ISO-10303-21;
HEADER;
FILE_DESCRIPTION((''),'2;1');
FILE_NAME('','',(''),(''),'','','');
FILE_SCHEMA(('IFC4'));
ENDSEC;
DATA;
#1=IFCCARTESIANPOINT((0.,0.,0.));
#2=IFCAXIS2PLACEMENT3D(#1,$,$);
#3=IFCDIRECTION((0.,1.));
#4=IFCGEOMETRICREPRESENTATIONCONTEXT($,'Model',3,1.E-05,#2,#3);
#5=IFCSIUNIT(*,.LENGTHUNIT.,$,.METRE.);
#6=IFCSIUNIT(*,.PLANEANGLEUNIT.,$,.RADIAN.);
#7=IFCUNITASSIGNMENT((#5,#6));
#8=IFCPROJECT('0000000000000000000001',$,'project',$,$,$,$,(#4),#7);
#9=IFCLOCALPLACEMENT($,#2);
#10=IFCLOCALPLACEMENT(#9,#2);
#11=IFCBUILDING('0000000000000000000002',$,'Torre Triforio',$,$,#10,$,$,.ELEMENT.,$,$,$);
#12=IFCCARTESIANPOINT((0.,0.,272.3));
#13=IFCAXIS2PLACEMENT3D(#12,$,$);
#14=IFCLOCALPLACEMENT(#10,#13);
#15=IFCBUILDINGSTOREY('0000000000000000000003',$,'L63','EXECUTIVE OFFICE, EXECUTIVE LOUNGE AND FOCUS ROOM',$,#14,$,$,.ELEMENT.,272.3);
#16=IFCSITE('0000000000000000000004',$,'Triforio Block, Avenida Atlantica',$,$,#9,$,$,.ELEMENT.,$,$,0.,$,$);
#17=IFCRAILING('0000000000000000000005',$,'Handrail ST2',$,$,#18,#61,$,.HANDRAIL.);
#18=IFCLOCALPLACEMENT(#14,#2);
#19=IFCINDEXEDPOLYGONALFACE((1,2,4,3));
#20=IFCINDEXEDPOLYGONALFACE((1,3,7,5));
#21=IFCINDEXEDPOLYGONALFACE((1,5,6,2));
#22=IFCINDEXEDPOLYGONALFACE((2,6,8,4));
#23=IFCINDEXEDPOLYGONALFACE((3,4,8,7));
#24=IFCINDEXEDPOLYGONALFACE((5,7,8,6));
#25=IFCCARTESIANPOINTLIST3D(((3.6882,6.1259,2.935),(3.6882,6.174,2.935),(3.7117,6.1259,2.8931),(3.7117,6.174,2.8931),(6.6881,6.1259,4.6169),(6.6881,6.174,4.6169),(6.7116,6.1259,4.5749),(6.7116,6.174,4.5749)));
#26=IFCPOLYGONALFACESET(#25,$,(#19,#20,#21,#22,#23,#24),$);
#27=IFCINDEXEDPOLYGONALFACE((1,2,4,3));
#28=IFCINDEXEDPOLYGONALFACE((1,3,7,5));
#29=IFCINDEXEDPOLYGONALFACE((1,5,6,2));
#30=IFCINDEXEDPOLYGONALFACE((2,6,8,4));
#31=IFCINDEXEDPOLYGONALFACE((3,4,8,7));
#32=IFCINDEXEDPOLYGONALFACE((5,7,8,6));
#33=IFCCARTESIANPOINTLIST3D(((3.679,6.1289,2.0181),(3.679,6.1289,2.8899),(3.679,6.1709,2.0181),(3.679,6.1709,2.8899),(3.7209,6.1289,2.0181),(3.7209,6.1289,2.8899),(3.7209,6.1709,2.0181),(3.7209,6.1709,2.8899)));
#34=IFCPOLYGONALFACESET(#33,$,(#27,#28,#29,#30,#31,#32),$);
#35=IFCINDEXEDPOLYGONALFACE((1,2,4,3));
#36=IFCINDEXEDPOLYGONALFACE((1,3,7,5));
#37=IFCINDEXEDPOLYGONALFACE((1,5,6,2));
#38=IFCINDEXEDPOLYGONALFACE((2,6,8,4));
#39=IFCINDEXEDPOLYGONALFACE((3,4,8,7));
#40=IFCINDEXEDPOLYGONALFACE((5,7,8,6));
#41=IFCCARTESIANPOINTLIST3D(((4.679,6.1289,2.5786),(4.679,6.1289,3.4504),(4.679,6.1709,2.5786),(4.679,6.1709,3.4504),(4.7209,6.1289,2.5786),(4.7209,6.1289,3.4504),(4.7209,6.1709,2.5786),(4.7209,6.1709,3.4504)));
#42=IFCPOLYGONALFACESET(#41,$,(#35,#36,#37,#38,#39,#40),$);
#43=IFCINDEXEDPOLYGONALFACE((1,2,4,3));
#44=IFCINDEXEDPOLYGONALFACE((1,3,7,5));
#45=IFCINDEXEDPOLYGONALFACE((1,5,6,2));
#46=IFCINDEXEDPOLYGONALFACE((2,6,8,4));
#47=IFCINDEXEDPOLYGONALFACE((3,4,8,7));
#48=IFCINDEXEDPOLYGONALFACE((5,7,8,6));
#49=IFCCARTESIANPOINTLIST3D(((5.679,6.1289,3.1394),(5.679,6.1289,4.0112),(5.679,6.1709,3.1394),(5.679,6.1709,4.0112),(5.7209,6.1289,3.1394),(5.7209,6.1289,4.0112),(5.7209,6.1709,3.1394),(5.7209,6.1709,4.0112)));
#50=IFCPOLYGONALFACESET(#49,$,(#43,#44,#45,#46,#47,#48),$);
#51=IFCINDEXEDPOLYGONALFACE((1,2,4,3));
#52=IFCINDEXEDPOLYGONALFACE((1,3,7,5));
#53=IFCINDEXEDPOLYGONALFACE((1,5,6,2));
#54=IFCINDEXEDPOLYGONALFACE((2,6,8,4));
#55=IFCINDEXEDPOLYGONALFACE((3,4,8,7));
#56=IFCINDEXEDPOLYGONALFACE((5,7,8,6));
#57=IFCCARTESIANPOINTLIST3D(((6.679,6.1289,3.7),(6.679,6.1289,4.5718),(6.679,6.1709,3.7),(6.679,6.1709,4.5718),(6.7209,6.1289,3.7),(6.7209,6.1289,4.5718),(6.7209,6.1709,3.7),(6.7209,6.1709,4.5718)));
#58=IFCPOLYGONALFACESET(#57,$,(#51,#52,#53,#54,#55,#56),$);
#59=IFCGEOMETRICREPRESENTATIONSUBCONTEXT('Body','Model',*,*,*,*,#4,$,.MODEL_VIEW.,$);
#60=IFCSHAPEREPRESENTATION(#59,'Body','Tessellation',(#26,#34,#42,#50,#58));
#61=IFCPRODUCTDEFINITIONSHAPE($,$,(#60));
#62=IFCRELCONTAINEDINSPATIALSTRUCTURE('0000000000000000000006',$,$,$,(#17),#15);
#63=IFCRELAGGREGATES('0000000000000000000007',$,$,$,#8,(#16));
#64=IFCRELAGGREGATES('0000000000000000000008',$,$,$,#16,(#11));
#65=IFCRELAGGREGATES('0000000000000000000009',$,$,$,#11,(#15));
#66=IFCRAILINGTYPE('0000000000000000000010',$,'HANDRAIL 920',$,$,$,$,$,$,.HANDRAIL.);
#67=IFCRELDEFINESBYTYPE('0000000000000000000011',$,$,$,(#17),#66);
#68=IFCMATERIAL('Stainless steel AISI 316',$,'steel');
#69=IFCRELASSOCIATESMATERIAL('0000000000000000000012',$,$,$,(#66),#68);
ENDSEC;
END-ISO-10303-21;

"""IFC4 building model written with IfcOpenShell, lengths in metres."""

from ifc_helpers import new_model, si_unit, direction, frame, origin, origin_2d, place, context, subcontext, project, spatial, rectangle, extrude, material, type_object, element, save


model = new_model("IFC4")

# Units and contexts
model_context = context("Model", 3, precision=1e-05, world=origin(), true_north=direction((0.0, 1.0)))
body_context = subcontext(model_context, "Body", "Model", "MODEL_VIEW")
ifc_project = project(units=[si_unit("LENGTHUNIT", "METRE"), si_unit("PLANEANGLEUNIT", "RADIAN")], contexts=[model_context])

# Site, building, storey
site_placement = place(None, origin())
site = spatial("IfcSite", under=ifc_project, at=site_placement, Name="Triforio Block, Avenida Atlantica", CompositionType="ELEMENT", RefElevation=0.0)
building_placement = place(site_placement, origin())
building = spatial("IfcBuilding", under=site, at=building_placement, Name="Torre Triforio", CompositionType="ELEMENT")
storey_placement = place(building_placement, frame((0.0, 0.0, 272.3)))
storey = spatial("IfcBuildingStorey", under=building, at=storey_placement, Name="L63", Description="EXECUTIVE OFFICE, EXECUTIVE LOUNGE AND FOCUS ROOM", CompositionType="ELEMENT", Elevation=272.3)

# Railing
ifc_material_1 = material(Name="Stainless steel AISI 316", Category="steel")
railing_type = type_object("IfcRailingType", Name="HANDRAIL 920", PredefinedType="HANDRAIL", material=ifc_material_1)
railing_placement = place(storey_placement, frame((3.7, 6.1499, 2.0181)))
element("IfcRailing", 1, at=railing_placement, inside=storey, type_object=railing_type, Name="Handrail ST2", PredefinedType="HANDRAIL", context=body_context, shape_type="SweptSolid", body=[
    extrude(rectangle(XDim=0.0481, YDim=0.0481, at=origin_2d()), frame((0.0, 0.0, 0.896), z_axis=(0.872272, 0.0, 0.48902), x_axis=(0.0, 1.0, 0.0)), (0.0, 0.0, 1.0), 3.4392),
    extrude(rectangle(XDim=0.042, YDim=0.042, at=origin_2d()), origin(), (0.0, 0.0, 1.0), 0.8718),
    extrude(rectangle(XDim=0.042, YDim=0.042, at=origin_2d()), frame((1.0, 0.0, 0.5605)), (0.0, 0.0, 1.0), 0.8718),
    extrude(rectangle(XDim=0.042, YDim=0.042, at=origin_2d()), frame((2.0, 0.0, 1.1213)), (0.0, 0.0, 1.0), 0.8718),
    extrude(rectangle(XDim=0.042, YDim=0.042, at=origin_2d()), frame((3.0, 0.0, 1.6819)), (0.0, 0.0, 1.0), 0.8718),
])

save(model, "model.ifc")
